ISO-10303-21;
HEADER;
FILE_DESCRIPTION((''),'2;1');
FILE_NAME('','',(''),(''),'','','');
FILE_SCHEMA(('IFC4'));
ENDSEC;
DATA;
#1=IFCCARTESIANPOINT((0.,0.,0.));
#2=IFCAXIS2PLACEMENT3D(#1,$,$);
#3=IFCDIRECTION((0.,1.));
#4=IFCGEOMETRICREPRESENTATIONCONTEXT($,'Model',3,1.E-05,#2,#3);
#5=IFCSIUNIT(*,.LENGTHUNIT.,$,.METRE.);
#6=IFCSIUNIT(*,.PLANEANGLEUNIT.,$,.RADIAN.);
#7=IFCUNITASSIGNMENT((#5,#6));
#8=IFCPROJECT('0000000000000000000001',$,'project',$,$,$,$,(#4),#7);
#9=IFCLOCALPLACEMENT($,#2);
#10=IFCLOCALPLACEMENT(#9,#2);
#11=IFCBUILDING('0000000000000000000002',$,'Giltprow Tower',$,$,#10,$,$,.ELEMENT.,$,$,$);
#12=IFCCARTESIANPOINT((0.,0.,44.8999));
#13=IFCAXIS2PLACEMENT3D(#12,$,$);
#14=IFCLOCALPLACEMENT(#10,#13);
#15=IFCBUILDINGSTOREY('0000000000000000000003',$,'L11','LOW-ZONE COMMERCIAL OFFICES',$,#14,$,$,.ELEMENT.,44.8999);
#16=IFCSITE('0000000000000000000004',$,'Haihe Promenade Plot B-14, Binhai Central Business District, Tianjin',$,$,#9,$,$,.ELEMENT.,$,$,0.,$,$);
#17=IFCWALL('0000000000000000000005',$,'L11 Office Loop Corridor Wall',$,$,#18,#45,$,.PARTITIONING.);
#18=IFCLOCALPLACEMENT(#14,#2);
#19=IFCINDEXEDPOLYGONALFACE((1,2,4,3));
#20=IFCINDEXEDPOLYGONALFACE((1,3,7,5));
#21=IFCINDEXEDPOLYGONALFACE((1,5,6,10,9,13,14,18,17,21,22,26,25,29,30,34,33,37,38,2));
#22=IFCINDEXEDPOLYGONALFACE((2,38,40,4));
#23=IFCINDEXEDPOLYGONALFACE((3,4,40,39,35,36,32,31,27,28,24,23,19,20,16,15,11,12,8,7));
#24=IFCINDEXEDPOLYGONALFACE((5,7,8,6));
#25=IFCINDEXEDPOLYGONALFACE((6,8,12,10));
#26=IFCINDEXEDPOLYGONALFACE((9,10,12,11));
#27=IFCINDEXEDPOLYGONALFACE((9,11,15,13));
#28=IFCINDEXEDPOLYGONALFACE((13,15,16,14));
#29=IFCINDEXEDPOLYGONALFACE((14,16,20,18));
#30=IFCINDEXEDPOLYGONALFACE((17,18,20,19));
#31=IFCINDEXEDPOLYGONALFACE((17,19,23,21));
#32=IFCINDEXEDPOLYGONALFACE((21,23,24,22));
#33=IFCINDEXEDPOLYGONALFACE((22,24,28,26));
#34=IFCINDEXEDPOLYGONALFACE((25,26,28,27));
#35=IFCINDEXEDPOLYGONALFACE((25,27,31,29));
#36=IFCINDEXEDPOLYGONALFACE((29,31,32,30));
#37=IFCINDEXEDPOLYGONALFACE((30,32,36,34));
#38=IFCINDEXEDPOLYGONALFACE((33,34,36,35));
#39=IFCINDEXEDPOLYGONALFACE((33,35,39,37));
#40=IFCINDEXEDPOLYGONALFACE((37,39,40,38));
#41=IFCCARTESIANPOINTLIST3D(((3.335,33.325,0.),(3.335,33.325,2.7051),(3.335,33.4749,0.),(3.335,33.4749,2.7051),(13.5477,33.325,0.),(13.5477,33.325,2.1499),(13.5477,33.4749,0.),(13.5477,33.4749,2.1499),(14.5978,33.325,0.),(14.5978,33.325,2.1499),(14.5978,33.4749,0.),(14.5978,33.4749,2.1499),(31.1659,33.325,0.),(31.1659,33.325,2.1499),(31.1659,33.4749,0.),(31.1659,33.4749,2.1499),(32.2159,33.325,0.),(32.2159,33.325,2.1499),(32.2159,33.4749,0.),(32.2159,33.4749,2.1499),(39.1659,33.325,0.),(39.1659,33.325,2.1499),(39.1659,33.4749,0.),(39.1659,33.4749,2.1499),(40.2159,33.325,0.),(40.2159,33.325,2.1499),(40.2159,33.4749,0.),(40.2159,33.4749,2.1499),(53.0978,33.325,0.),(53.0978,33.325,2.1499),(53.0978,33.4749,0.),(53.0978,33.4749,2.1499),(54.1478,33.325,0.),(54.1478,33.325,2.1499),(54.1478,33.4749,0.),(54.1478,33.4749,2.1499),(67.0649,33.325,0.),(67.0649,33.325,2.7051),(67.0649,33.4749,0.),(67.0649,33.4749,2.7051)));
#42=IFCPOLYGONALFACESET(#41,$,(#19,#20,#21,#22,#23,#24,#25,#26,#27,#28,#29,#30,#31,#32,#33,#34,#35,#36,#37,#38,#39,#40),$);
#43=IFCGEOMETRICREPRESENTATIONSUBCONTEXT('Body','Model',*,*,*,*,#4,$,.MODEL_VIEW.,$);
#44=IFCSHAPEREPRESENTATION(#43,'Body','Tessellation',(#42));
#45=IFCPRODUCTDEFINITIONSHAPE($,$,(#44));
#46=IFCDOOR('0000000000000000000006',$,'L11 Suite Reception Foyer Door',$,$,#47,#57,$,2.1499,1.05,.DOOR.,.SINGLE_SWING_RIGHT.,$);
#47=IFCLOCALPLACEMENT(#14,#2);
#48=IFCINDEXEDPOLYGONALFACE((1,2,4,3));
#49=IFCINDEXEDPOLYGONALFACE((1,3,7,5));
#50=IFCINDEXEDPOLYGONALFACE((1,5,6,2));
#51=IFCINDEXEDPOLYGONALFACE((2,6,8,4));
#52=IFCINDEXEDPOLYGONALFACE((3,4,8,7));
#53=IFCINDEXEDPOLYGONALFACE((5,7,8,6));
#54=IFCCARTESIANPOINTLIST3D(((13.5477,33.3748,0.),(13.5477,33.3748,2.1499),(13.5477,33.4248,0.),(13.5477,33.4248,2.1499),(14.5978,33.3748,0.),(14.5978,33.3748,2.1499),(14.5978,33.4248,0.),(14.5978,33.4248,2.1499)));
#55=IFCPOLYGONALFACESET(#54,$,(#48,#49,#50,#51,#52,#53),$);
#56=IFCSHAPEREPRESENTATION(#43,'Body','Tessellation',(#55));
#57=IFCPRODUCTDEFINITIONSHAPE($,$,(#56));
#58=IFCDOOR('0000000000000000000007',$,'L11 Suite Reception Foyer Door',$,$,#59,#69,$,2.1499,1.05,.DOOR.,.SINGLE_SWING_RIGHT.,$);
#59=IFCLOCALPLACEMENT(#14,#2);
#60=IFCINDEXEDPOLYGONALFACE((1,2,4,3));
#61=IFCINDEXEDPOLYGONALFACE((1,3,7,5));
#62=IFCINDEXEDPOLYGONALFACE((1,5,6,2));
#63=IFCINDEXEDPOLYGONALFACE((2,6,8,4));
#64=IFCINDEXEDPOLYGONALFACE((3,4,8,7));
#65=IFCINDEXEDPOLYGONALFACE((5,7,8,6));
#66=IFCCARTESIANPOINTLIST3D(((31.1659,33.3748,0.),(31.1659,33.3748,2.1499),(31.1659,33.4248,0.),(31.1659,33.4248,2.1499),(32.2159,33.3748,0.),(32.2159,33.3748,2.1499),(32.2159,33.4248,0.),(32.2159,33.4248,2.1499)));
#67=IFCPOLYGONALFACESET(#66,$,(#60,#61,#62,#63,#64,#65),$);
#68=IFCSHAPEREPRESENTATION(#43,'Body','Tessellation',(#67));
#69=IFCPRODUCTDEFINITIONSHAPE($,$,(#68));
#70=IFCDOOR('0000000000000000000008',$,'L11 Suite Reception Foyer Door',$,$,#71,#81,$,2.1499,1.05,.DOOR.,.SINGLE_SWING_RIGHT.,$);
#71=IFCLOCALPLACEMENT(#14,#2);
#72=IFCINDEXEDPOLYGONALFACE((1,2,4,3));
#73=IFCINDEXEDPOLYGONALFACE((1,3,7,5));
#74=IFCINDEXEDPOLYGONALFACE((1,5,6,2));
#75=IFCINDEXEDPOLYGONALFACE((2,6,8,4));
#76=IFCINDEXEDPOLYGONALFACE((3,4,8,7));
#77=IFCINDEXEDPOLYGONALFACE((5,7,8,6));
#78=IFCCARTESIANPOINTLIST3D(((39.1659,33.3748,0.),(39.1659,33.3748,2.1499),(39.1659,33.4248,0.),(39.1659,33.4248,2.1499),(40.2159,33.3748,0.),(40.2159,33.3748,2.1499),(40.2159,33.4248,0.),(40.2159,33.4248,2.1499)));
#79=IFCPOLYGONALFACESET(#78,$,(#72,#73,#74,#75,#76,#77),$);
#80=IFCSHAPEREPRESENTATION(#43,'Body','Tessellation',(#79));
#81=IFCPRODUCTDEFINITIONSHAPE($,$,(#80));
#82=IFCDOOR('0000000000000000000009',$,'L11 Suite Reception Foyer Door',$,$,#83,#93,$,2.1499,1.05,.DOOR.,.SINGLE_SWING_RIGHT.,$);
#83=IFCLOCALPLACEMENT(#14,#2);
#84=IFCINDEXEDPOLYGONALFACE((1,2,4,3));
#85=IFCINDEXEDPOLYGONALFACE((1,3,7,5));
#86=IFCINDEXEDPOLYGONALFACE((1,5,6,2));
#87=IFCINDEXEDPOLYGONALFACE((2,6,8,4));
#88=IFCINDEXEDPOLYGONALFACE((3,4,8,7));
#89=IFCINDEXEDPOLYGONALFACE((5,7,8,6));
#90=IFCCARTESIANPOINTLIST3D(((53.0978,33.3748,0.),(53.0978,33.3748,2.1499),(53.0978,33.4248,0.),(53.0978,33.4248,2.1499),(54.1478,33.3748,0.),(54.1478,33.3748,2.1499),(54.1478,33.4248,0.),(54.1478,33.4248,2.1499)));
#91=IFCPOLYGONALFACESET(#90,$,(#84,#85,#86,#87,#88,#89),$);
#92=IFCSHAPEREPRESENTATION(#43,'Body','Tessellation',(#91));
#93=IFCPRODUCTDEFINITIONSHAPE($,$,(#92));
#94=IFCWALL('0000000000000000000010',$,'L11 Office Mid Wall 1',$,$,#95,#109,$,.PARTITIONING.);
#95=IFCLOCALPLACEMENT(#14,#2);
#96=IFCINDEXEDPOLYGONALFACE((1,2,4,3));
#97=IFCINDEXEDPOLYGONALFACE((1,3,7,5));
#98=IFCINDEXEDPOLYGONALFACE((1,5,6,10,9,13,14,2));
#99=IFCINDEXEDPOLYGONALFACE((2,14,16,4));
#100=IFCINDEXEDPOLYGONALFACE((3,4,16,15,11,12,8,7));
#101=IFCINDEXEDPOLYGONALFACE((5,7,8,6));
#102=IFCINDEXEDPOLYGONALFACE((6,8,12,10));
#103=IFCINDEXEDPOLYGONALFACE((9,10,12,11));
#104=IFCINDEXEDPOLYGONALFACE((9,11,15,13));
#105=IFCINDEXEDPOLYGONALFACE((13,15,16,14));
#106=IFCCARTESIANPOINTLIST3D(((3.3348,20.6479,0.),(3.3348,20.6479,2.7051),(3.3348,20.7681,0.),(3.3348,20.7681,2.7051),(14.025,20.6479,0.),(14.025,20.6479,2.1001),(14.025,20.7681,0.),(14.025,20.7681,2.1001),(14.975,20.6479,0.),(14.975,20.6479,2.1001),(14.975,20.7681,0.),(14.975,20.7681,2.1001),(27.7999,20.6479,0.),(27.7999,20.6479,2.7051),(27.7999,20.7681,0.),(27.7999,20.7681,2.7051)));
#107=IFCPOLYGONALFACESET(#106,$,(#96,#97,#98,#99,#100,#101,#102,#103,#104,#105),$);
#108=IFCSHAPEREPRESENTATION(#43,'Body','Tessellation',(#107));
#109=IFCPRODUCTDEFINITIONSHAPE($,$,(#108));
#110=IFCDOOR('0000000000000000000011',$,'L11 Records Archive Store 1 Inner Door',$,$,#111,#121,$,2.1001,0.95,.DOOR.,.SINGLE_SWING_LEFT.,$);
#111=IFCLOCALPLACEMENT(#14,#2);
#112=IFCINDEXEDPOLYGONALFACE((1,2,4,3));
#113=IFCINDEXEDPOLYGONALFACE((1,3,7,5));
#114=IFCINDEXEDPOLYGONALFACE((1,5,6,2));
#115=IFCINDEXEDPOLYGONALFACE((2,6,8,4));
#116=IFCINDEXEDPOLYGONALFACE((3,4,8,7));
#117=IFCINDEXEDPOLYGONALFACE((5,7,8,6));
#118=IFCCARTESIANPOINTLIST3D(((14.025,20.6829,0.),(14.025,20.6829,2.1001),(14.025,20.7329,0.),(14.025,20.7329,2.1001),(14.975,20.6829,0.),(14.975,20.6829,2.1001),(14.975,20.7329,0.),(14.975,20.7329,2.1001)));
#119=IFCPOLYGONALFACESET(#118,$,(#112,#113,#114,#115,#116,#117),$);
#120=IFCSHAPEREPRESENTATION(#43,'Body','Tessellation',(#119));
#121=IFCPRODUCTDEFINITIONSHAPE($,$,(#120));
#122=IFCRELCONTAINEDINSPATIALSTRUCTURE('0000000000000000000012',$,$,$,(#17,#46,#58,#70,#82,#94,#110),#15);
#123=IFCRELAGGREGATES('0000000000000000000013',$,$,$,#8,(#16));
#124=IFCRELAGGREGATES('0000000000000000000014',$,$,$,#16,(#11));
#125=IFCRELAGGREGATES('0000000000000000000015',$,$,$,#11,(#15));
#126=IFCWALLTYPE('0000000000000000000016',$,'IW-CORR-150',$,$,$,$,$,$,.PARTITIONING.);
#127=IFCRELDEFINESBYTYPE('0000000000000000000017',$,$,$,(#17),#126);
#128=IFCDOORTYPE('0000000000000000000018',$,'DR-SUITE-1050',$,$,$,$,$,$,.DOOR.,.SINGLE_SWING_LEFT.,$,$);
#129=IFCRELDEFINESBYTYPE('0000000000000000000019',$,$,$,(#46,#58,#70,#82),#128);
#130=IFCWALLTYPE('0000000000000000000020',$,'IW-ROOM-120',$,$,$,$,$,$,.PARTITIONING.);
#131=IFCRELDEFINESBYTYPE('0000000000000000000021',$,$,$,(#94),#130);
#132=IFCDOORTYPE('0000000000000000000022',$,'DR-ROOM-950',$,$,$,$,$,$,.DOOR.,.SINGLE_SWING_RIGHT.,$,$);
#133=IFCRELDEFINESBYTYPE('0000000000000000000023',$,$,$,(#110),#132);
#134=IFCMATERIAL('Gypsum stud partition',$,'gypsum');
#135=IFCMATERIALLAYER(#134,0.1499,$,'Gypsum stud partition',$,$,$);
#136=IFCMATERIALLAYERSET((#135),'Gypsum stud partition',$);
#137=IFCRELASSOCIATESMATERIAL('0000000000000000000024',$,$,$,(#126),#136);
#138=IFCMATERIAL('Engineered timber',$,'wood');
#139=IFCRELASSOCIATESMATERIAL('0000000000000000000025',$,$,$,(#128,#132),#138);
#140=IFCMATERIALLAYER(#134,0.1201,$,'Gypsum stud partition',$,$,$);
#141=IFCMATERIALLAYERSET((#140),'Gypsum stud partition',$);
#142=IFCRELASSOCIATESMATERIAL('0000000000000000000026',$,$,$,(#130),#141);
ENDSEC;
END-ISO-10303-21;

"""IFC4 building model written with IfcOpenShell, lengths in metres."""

from ifc_helpers import new_model, si_unit, direction, frame, frame_2d, origin, place, context, subcontext, project, spatial, rectangle, extrude, source, transform, mapped, material, layer, layer_set, type_object, element, fill, save


model = new_model("IFC4")

# Units and contexts
model_context = context("Model", 3, precision=1e-05, world=origin(), true_north=direction((0.0, 1.0)))
body_context = subcontext(model_context, "Body", "Model", "MODEL_VIEW")
ifc_project = project(units=[si_unit("LENGTHUNIT", "METRE"), si_unit("PLANEANGLEUNIT", "RADIAN")], contexts=[model_context])

# Site, building, storey
site_placement = place(None, origin())
site = spatial("IfcSite", under=ifc_project, at=site_placement, Name="Haihe Promenade Plot B-14, Binhai Central Business District, Tianjin", CompositionType="ELEMENT", RefElevation=0.0)
building_placement = place(site_placement, origin())
building = spatial("IfcBuilding", under=site, at=building_placement, Name="Giltprow Tower", CompositionType="ELEMENT")
storey_placement = place(building_placement, frame((0.0, 0.0, 44.8999)))
storey = spatial("IfcBuildingStorey", under=building, at=storey_placement, Name="L11", Description="LOW-ZONE COMMERCIAL OFFICES", CompositionType="ELEMENT", Elevation=44.8999)

# Wall, openings, doors
ifc_material_1 = material(Name="Gypsum stud partition", Category="gypsum")
ifc_layer_1 = layer(ifc_material_1, 0.1499, Name="Gypsum stud partition")
ifc_layer_set_1 = layer_set([ifc_layer_1], Name="Gypsum stud partition")
wall_type_1 = type_object("IfcWallType", Name="IW-CORR-150", PredefinedType="PARTITIONING", material=ifc_layer_set_1)
wall_1_placement = place(storey_placement, frame((3.335, 33.3999, 0.0), z_axis=(0.0, 0.0, 1.0), x_axis=(1.0, 0.0, 0.0)))
wall_1 = element("IfcWall", 1, at=wall_1_placement, inside=storey, type_object=wall_type_1, Name="L11 Office Loop Corridor Wall", PredefinedType="PARTITIONING", context=body_context, shape_type="SweptSolid", body=[
    extrude(rectangle(XDim=63.73, YDim=0.1499, at=frame_2d((31.865, 0.0))), origin(), (0.0, 0.0, 1.0), 2.7051),
])
opening_1_placement = place(wall_1_placement, frame((10.2129, 0.0, 0.0)))
opening_1 = element("IfcOpeningElement", 2, at=opening_1_placement, cuts=wall_1, PredefinedType="OPENING", context=body_context, shape_type="SweptSolid", body=[
    extrude(rectangle(XDim=1.05, YDim=2.1499, at=frame_2d((0.5249, 1.075))), frame((0.0, 0.085, 0.0), z_axis=(0.0, -1.0, 0.0), x_axis=(1.0, 0.0, 0.0)), (0.0, 0.0, 1.0), 0.1699),
])
opening_2_placement = place(wall_1_placement, frame((27.8311, 0.0, 0.0)))
opening_2 = element("IfcOpeningElement", 3, at=opening_2_placement, cuts=wall_1, PredefinedType="OPENING", context=body_context, shape_type="SweptSolid", body=[
    extrude(rectangle(XDim=1.05, YDim=2.1499, at=frame_2d((0.5249, 1.075))), frame((0.0, 0.085, 0.0), z_axis=(0.0, -1.0, 0.0), x_axis=(1.0, 0.0, 0.0)), (0.0, 0.0, 1.0), 0.1699),
])
opening_3_placement = place(wall_1_placement, frame((35.8311, 0.0, 0.0)))
opening_3 = element("IfcOpeningElement", 4, at=opening_3_placement, cuts=wall_1, PredefinedType="OPENING", context=body_context, shape_type="SweptSolid", body=[
    extrude(rectangle(XDim=1.05, YDim=2.1499, at=frame_2d((0.5249, 1.075))), frame((0.0, 0.085, 0.0), z_axis=(0.0, -1.0, 0.0), x_axis=(1.0, 0.0, 0.0)), (0.0, 0.0, 1.0), 0.1699),
])
opening_4_placement = place(wall_1_placement, frame((49.7629, 0.0, 0.0)))
opening_4 = element("IfcOpeningElement", 5, at=opening_4_placement, cuts=wall_1, PredefinedType="OPENING", context=body_context, shape_type="SweptSolid", body=[
    extrude(rectangle(XDim=1.05, YDim=2.1499, at=frame_2d((0.5249, 1.075))), frame((0.0, 0.085, 0.0), z_axis=(0.0, -1.0, 0.0), x_axis=(1.0, 0.0, 0.0)), (0.0, 0.0, 1.0), 0.1699),
])
ifc_material_2 = material(Name="Engineered timber", Category="wood")
door_type_1 = type_object("IfcDoorType", Name="DR-SUITE-1050", OperationType="SINGLE_SWING_LEFT", PredefinedType="DOOR", material=ifc_material_2)
shared_shape_1 = source(origin(), body_context, "Body", "SweptSolid", [
    extrude(rectangle(XDim=1.05, YDim=2.1499, at=frame_2d((0.5249, 1.075))), frame((0.0, 0.0249, 0.0), z_axis=(0.0, -1.0, 0.0), x_axis=(1.0, 0.0, 0.0)), (0.0, 0.0, 1.0), 0.05),
])
door_1_placement = place(opening_1_placement, origin())
door_1 = element("IfcDoor", 6, at=door_1_placement, inside=storey, type_object=door_type_1, Name="L11 Suite Reception Foyer Door", OperationType="SINGLE_SWING_RIGHT", OverallHeight=2.1499, OverallWidth=1.05, PredefinedType="DOOR", context=body_context, shape_type="MappedRepresentation", body=[
    mapped(shared_shape_1, transform((0.0, 0.0, 0.0), x_axis=(1.0, 0.0, 0.0), y_axis=(0.0, 1.0, 0.0), z_axis=(0.0, 0.0, 1.0), scale=1.0)),
])
fill(opening_1, door_1)
door_2_placement = place(opening_2_placement, origin())
door_2 = element("IfcDoor", 7, at=door_2_placement, inside=storey, type_object=door_type_1, Name="L11 Suite Reception Foyer Door", OperationType="SINGLE_SWING_RIGHT", OverallHeight=2.1499, OverallWidth=1.05, PredefinedType="DOOR", context=body_context, shape_type="MappedRepresentation", body=[
    mapped(shared_shape_1, transform((0.0, 0.0, 0.0), x_axis=(1.0, 0.0, 0.0), y_axis=(0.0, 1.0, 0.0), z_axis=(0.0, 0.0, 1.0), scale=1.0)),
])
fill(opening_2, door_2)
door_3_placement = place(opening_3_placement, origin())
door_3 = element("IfcDoor", 8, at=door_3_placement, inside=storey, type_object=door_type_1, Name="L11 Suite Reception Foyer Door", OperationType="SINGLE_SWING_RIGHT", OverallHeight=2.1499, OverallWidth=1.05, PredefinedType="DOOR", context=body_context, shape_type="MappedRepresentation", body=[
    mapped(shared_shape_1, transform((0.0, 0.0, 0.0), x_axis=(1.0, 0.0, 0.0), y_axis=(0.0, 1.0, 0.0), z_axis=(0.0, 0.0, 1.0), scale=1.0)),
])
fill(opening_3, door_3)
door_4_placement = place(opening_4_placement, origin())
door_4 = element("IfcDoor", 9, at=door_4_placement, inside=storey, type_object=door_type_1, Name="L11 Suite Reception Foyer Door", OperationType="SINGLE_SWING_RIGHT", OverallHeight=2.1499, OverallWidth=1.05, PredefinedType="DOOR", context=body_context, shape_type="MappedRepresentation", body=[
    mapped(shared_shape_1, transform((0.0, 0.0, 0.0), x_axis=(1.0, 0.0, 0.0), y_axis=(0.0, 1.0, 0.0), z_axis=(0.0, 0.0, 1.0), scale=1.0)),
])
fill(opening_4, door_4)

# Wall, opening, door
ifc_layer_2 = layer(ifc_material_1, 0.1201, Name="Gypsum stud partition")
ifc_layer_set_2 = layer_set([ifc_layer_2], Name="Gypsum stud partition")
wall_type_2 = type_object("IfcWallType", Name="IW-ROOM-120", PredefinedType="PARTITIONING", material=ifc_layer_set_2)
wall_2_placement = place(storey_placement, frame((3.335, 20.708, 0.0), z_axis=(0.0, 0.0, 1.0), x_axis=(1.0, 0.0, 0.0)))
wall_2 = element("IfcWall", 10, at=wall_2_placement, inside=storey, type_object=wall_type_2, Name="L11 Office Mid Wall 1", PredefinedType="PARTITIONING", context=body_context, shape_type="SweptSolid", body=[
    extrude(rectangle(XDim=24.4651, YDim=0.1201, at=frame_2d((12.2324, 0.0))), origin(), (0.0, 0.0, 1.0), 2.7051),
])
opening_5_placement = place(wall_2_placement, frame((10.6899, 0.0, 0.0)))
opening_5 = element("IfcOpeningElement", 11, at=opening_5_placement, cuts=wall_2, PredefinedType="OPENING", context=body_context, shape_type="SweptSolid", body=[
    extrude(rectangle(XDim=0.95, YDim=2.1001, at=frame_2d((0.4751, 1.05))), frame((0.0, 0.0701, 0.0), z_axis=(0.0, -1.0, 0.0), x_axis=(1.0, 0.0, 0.0)), (0.0, 0.0, 1.0), 0.1401),
])
door_type_2 = type_object("IfcDoorType", Name="DR-ROOM-950", OperationType="SINGLE_SWING_RIGHT", PredefinedType="DOOR", material=ifc_material_2)
shared_shape_2 = source(origin(), body_context, "Body", "SweptSolid", [
    extrude(rectangle(XDim=0.95, YDim=2.1001, at=frame_2d((0.4751, 1.05))), frame((0.0, 0.0249, 0.0), z_axis=(0.0, -1.0, 0.0), x_axis=(1.0, 0.0, 0.0)), (0.0, 0.0, 1.0), 0.05),
])
door_5_placement = place(opening_5_placement, origin())
door_5 = element("IfcDoor", 12, at=door_5_placement, inside=storey, type_object=door_type_2, Name="L11 Records Archive Store 1 Inner Door", OperationType="SINGLE_SWING_LEFT", OverallHeight=2.1001, OverallWidth=0.95, PredefinedType="DOOR", context=body_context, shape_type="MappedRepresentation", body=[
    mapped(shared_shape_2, transform((0.0, 0.0, 0.0), x_axis=(1.0, 0.0, 0.0), y_axis=(0.0, 1.0, 0.0), z_axis=(0.0, 0.0, 1.0), scale=1.0)),
])
fill(opening_5, door_5)

save(model, "model.ifc")
